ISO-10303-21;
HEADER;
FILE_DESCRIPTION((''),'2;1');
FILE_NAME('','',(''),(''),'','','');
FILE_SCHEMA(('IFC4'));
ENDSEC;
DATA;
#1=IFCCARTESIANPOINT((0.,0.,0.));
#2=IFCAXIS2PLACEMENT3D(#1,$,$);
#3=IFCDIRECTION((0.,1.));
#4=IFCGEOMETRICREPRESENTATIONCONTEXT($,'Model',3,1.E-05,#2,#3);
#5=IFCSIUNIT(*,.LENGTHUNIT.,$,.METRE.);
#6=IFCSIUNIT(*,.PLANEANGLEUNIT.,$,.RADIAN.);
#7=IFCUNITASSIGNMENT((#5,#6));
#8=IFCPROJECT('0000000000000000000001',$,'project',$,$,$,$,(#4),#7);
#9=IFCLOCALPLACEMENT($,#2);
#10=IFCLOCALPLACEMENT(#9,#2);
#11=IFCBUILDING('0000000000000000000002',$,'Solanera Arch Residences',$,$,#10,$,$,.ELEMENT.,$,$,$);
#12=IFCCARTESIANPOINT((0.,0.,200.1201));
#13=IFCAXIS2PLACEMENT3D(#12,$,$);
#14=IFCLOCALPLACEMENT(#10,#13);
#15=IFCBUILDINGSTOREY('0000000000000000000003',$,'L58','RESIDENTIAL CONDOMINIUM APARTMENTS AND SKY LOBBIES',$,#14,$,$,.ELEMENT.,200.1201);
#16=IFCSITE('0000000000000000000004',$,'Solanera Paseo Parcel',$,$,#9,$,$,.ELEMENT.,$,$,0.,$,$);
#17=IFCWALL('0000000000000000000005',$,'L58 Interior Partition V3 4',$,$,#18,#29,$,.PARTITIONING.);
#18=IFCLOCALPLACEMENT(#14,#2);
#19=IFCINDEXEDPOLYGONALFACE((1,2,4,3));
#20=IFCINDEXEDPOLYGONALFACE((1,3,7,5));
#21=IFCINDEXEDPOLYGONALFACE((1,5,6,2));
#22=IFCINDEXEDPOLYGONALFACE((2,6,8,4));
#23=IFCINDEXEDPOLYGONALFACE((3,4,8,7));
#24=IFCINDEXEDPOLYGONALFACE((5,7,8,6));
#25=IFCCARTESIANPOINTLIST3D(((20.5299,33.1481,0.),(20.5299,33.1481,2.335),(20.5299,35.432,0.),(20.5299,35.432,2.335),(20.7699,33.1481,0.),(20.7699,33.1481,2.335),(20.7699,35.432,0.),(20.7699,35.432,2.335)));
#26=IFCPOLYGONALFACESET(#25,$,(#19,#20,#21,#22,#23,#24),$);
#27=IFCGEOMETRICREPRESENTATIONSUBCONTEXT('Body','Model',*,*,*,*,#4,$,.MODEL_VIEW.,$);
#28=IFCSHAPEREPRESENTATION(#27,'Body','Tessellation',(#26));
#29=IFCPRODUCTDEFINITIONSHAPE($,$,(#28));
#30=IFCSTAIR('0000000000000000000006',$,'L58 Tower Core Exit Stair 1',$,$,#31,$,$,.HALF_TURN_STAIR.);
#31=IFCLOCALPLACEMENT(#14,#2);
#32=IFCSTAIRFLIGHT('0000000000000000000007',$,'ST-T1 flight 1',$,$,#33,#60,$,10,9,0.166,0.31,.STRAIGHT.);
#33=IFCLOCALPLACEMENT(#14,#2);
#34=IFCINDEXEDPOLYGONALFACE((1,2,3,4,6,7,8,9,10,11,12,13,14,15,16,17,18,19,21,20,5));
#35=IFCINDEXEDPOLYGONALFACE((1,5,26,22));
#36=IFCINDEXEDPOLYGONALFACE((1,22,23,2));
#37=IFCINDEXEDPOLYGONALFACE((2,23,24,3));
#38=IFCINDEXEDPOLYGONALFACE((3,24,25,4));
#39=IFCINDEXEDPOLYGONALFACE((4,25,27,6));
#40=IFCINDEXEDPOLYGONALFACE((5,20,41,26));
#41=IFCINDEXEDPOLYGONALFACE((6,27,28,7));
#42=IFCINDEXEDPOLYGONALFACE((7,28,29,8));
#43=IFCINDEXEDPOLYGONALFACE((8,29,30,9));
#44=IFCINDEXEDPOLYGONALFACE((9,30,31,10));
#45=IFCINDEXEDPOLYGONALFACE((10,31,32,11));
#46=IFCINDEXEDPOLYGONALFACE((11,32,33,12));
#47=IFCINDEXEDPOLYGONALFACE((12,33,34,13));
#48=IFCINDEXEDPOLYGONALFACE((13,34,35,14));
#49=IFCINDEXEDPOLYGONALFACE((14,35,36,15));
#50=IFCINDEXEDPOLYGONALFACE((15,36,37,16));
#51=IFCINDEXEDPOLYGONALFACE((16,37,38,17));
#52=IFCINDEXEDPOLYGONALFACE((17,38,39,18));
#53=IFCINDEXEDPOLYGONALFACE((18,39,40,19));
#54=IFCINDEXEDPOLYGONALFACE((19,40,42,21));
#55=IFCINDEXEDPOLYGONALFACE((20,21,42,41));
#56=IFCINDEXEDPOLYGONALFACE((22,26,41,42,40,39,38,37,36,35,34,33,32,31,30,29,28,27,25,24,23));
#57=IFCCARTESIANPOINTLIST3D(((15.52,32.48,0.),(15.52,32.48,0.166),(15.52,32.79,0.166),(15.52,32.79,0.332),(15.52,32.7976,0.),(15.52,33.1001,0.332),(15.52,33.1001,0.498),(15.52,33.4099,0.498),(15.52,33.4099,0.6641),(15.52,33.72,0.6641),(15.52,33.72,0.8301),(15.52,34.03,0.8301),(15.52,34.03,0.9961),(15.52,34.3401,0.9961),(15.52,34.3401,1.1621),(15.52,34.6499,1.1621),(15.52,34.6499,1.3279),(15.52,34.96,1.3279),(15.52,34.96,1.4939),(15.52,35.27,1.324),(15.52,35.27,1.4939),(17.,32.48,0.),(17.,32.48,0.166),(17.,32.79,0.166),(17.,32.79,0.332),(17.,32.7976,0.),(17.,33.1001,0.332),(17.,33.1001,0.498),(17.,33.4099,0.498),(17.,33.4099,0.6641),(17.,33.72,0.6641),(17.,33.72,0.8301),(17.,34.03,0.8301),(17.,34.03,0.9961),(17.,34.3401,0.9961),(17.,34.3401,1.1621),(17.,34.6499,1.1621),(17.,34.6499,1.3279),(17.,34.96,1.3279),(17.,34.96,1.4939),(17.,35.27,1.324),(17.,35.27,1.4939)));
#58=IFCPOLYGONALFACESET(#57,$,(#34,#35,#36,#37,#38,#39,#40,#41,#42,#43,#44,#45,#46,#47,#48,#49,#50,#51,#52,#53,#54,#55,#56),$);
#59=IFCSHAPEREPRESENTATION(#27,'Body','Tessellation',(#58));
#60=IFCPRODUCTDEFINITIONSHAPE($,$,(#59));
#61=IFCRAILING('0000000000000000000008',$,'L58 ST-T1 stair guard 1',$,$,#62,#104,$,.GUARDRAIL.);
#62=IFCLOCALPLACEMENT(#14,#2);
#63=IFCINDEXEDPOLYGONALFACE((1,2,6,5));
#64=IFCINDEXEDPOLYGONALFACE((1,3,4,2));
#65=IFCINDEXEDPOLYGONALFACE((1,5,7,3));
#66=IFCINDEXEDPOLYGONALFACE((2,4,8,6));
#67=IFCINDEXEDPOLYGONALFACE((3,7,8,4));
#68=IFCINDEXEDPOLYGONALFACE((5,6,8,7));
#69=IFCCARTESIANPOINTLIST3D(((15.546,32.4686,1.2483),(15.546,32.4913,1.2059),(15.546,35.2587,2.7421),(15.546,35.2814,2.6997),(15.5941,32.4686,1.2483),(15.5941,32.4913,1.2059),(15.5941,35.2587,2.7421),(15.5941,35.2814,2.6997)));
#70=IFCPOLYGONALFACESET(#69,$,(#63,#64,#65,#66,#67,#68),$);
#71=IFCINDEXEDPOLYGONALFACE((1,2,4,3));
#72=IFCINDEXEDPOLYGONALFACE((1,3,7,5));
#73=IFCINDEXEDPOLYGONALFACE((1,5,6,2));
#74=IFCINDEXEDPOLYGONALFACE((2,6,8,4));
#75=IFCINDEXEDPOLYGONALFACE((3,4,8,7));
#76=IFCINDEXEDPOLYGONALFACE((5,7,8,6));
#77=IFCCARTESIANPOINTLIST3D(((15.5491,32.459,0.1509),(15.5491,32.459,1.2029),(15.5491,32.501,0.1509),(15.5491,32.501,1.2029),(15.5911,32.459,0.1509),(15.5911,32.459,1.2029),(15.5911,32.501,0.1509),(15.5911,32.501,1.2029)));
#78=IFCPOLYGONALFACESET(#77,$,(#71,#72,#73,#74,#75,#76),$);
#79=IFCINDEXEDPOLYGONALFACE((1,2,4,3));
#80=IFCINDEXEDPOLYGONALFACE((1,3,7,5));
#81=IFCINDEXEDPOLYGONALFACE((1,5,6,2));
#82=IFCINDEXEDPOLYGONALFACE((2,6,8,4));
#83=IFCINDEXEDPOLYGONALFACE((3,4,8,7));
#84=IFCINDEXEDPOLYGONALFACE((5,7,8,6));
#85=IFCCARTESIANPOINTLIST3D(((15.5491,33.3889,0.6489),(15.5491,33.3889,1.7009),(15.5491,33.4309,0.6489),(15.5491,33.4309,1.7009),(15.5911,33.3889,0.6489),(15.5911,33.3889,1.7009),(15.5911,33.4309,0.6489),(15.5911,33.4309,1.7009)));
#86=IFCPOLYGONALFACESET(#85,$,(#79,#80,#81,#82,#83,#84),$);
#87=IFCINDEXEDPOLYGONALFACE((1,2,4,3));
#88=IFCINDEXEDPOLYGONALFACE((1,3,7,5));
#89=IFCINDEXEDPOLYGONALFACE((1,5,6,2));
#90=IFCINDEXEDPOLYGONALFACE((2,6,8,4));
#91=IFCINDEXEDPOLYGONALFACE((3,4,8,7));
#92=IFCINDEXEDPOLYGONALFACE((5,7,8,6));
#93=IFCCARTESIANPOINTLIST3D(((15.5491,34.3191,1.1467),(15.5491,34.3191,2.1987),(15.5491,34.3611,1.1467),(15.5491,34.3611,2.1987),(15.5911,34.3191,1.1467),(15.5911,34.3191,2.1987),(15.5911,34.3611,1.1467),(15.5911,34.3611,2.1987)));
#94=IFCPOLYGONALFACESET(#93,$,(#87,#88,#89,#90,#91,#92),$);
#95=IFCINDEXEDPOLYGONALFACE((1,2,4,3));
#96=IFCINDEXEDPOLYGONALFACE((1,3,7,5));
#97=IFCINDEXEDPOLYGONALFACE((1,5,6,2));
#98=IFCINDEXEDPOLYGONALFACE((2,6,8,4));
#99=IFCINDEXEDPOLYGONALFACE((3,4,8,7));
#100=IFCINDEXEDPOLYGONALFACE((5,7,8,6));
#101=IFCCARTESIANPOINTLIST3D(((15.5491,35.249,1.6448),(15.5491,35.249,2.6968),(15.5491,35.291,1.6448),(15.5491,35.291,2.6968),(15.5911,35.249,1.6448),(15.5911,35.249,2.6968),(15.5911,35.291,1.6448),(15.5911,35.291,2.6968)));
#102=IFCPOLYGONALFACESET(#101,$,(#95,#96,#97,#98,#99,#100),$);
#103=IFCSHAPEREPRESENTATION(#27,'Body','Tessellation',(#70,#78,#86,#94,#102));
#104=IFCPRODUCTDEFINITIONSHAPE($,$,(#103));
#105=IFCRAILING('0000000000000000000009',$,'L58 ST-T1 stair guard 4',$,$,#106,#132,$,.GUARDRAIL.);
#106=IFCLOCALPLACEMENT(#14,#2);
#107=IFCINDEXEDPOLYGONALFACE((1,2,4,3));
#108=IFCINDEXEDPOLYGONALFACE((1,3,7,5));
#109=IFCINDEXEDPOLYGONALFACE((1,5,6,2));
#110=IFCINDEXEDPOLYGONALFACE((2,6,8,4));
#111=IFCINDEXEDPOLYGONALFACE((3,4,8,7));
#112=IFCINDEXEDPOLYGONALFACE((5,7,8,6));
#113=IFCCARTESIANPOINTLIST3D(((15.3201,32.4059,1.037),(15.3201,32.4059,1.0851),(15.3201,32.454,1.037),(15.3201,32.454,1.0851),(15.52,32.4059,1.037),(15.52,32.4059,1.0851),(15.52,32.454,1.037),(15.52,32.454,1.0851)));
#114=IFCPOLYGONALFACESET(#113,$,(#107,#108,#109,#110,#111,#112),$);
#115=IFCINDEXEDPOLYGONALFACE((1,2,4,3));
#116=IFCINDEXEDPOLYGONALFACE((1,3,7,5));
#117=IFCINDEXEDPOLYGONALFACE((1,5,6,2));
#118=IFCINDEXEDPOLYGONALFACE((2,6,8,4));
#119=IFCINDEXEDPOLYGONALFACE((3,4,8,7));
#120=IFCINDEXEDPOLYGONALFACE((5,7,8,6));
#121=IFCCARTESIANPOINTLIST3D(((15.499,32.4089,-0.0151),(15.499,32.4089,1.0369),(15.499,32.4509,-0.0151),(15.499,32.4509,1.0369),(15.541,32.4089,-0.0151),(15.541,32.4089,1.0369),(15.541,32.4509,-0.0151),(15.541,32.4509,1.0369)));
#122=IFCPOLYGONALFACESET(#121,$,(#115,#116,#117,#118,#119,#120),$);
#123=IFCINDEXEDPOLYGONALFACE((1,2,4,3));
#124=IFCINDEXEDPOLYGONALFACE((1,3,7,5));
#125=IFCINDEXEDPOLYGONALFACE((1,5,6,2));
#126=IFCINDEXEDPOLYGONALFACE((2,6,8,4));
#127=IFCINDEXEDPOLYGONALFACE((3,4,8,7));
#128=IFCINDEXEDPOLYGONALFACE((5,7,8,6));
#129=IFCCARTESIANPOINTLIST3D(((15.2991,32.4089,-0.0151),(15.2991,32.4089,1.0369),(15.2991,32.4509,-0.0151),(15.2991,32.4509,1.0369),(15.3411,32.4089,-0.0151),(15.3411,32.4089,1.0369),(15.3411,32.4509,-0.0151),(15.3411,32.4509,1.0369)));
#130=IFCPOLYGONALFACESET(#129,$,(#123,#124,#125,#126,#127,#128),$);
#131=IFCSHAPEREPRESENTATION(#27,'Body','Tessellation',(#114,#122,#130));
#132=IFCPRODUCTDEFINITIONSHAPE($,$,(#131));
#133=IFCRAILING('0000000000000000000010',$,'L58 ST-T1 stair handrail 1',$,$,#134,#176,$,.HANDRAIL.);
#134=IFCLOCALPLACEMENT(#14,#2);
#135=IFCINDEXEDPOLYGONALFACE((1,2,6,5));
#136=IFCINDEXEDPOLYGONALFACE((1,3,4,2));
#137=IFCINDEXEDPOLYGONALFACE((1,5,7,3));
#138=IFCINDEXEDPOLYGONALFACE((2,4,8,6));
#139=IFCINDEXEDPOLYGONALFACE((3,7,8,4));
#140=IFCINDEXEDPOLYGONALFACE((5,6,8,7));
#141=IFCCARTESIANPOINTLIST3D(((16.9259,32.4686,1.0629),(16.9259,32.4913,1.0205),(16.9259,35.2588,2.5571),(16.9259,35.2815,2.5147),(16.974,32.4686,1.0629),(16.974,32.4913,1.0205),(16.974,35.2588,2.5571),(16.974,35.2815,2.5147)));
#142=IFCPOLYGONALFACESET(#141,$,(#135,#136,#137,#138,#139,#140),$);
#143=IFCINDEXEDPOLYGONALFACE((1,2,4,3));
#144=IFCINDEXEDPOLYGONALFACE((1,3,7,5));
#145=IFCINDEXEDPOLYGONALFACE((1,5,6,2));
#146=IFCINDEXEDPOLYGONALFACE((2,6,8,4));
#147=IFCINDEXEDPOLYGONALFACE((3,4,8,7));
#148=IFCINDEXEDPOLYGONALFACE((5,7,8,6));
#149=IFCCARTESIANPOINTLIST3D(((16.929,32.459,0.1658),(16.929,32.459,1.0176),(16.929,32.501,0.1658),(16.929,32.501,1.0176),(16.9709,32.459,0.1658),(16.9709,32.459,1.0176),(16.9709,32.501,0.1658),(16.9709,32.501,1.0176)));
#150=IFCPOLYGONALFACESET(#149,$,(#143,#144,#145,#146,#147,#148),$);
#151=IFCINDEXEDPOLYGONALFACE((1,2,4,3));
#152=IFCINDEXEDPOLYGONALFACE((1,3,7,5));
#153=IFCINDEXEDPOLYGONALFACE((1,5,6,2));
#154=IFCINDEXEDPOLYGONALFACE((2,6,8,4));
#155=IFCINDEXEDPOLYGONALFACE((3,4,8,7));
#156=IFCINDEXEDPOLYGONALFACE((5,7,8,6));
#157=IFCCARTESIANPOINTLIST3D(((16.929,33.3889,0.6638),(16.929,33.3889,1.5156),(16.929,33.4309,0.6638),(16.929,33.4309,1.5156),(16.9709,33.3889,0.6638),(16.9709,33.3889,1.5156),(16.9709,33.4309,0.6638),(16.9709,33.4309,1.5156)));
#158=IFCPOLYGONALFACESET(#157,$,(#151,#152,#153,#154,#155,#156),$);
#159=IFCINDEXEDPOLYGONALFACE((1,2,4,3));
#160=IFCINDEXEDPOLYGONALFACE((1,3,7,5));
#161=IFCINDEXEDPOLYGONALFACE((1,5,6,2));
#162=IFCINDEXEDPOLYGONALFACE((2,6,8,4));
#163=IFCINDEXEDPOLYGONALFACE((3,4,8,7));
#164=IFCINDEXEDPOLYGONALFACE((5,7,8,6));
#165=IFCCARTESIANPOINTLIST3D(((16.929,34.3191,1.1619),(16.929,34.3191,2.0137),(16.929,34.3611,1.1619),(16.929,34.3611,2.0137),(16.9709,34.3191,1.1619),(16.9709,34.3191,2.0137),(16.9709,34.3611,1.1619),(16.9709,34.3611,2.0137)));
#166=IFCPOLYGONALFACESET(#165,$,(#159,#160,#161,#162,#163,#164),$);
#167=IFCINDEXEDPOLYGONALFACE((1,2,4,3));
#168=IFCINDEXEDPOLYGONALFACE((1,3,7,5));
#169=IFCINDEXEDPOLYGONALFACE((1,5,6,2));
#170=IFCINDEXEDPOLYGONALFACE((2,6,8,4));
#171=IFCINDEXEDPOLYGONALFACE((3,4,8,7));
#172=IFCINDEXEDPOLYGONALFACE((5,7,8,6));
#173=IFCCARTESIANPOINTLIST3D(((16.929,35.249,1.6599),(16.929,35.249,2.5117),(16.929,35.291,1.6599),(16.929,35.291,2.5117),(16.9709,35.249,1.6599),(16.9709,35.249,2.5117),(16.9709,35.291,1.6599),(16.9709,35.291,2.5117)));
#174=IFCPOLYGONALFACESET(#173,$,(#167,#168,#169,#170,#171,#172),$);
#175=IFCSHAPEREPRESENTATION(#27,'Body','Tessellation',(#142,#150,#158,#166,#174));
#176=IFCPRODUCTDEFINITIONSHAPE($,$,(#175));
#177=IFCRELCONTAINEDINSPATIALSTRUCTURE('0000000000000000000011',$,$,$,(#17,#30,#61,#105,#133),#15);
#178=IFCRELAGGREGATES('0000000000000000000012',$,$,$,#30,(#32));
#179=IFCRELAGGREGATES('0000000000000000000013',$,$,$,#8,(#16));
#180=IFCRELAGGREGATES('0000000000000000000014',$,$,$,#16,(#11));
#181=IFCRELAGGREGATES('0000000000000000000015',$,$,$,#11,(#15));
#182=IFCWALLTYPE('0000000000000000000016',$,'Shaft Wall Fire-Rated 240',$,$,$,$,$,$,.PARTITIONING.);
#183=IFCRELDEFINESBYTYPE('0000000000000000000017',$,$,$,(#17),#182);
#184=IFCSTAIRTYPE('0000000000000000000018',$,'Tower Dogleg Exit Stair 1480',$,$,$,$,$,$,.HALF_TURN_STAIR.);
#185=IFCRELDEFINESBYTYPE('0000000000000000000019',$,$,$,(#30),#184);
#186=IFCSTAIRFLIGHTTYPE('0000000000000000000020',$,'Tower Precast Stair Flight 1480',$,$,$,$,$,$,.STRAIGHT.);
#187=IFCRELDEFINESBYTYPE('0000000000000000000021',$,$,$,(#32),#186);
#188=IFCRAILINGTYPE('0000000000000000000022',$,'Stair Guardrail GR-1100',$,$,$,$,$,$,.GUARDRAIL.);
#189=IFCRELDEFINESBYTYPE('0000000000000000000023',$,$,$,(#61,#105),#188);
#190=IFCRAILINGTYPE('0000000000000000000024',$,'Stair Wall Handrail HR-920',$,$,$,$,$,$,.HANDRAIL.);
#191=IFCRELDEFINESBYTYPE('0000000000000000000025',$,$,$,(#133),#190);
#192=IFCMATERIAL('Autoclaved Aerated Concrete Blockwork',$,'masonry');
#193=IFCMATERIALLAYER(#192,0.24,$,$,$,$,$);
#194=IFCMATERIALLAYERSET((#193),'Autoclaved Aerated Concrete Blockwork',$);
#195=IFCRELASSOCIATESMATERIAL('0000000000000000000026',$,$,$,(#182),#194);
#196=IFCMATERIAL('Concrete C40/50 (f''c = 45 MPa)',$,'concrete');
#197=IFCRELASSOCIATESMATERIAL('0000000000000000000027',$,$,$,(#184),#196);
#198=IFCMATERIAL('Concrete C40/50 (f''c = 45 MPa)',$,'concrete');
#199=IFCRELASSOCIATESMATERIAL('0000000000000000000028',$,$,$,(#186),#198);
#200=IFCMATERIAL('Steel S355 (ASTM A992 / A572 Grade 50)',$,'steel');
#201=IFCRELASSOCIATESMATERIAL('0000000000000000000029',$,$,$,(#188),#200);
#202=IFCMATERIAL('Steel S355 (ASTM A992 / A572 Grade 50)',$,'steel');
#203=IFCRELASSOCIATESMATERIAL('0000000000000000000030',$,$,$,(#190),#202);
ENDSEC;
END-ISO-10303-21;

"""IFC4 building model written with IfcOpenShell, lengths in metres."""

from ifc_helpers import new_model, si_unit, direction, frame, frame_2d, origin, origin_2d, place, context, subcontext, project, spatial, polyline, rectangle, outline, extrude, material, layer, layer_set, type_object, element, aggregate, save


model = new_model("IFC4")

# Units and contexts
model_context = context("Model", 3, precision=1e-05, world=origin(), true_north=direction((0.0, 1.0)))
body_context = subcontext(model_context, "Body", "Model", "MODEL_VIEW")
ifc_project = project(units=[si_unit("LENGTHUNIT", "METRE"), si_unit("PLANEANGLEUNIT", "RADIAN")], contexts=[model_context])

# Site, building, storey
site_placement = place(None, origin())
site = spatial("IfcSite", under=ifc_project, at=site_placement, Name="Solanera Paseo Parcel", CompositionType="ELEMENT", RefElevation=0.0)
building_placement = place(site_placement, origin())
building = spatial("IfcBuilding", under=site, at=building_placement, Name="Solanera Arch Residences", CompositionType="ELEMENT")
storey_placement = place(building_placement, frame((0.0, 0.0, 200.1201)))
storey = spatial("IfcBuildingStorey", under=building, at=storey_placement, Name="L58", Description="RESIDENTIAL CONDOMINIUM APARTMENTS AND SKY LOBBIES", CompositionType="ELEMENT", Elevation=200.1201)

# Shared definitions
ifc_material_1 = material(Name="Autoclaved Aerated Concrete Blockwork", Category="masonry")
ifc_layer_1 = layer(ifc_material_1, 0.24)
ifc_layer_set_1 = layer_set([ifc_layer_1], Name="Autoclaved Aerated Concrete Blockwork")
wall_type_1 = type_object("IfcWallType", Name="Shaft Wall Fire-Rated 240", PredefinedType="PARTITIONING", material=ifc_layer_set_1)

# Wall
wall_1_placement = place(storey_placement, frame((20.6499, 33.1479, 0.0), z_axis=(0.0, 0.0, 1.0), x_axis=(0.0, 1.0, 0.0)))
element("IfcWall", 1, at=wall_1_placement, inside=storey, type_object=wall_type_1, Name="L58 Interior Partition V3 4", PredefinedType="PARTITIONING", context=body_context, shape_type="SweptSolid", body=[
    extrude(rectangle(XDim=2.2839, YDim=0.24, at=frame_2d((1.1421, 0.0))), origin(), (0.0, 0.0, 1.0), 2.335),
])

# Stair, stair flight
ifc_material_2 = material(Name="Concrete C40/50 (f'c = 45 MPa)", Category="concrete")
stair_type = type_object("IfcStairType", Name="Tower Dogleg Exit Stair 1480", PredefinedType="HALF_TURN_STAIR", material=ifc_material_2)
stair_placement = place(storey_placement, origin())
stair = element("IfcStair", 2, at=stair_placement, inside=storey, type_object=stair_type, Name="L58 Tower Core Exit Stair 1", PredefinedType="HALF_TURN_STAIR")
ifc_material_3 = material(Name="Concrete C40/50 (f'c = 45 MPa)", Category="concrete")
stair_flight_type = type_object("IfcStairFlightType", Name="Tower Precast Stair Flight 1480", PredefinedType="STRAIGHT", material=ifc_material_3)
stair_flight_placement = place(storey_placement, frame((16.26, 32.48, 0.0), z_axis=(0.0, 0.0, 1.0), x_axis=(0.0, 1.0, 0.0)))
stair_flight = element("IfcStairFlight", 3, at=stair_flight_placement, type_object=stair_flight_type, Name="ST-T1 flight 1", NumberOfRisers=10, NumberOfTreads=9, PredefinedType="STRAIGHT", RiserHeight=0.166, TreadLength=0.31, context=body_context, shape_type="SweptSolid", body=[
    extrude(outline(polyline([(0.0, 0.0), (0.0, 0.166), (0.3101, 0.166), (0.3101, 0.332), (0.6201, 0.332), (0.6201, 0.498), (0.9299, 0.498), (0.9299, 0.6641), (1.24, 0.6641), (1.24, 0.8301), (1.55, 0.8301), (1.55, 0.9961), (1.8601, 0.9961), (1.8601, 1.1621), (2.1699, 1.1621), (2.1699, 1.3279), (2.48, 1.3279), (2.48, 1.4939), (2.79, 1.4939), (2.79, 1.6599), (2.79, 1.324), (0.3176, 0.0), (0.0, 0.0)])), frame((0.0, 0.74, 0.0), z_axis=(0.0, -1.0, 0.0), x_axis=(1.0, 0.0, 0.0)), (0.0, 0.0, 1.0), 1.48),
])
aggregate(stair, [stair_flight])

# Railings
ifc_material_4 = material(Name="Steel S355 (ASTM A992 / A572 Grade 50)", Category="steel")
railing_type_1 = type_object("IfcRailingType", Name="Stair Guardrail GR-1100", PredefinedType="GUARDRAIL", material=ifc_material_4)
railing_1_placement = place(storey_placement, frame((15.5701, 32.48, 0.1509)))
element("IfcRailing", 4, at=railing_1_placement, inside=storey, type_object=railing_type_1, Name="L58 ST-T1 stair guard 1", PredefinedType="GUARDRAIL", context=body_context, shape_type="SweptSolid", body=[
    extrude(rectangle(XDim=0.0481, YDim=0.0481, at=origin_2d()), frame((0.0, 0.0, 1.0762), z_axis=(0.0, 0.881581, 0.472033), x_axis=(-1.0, 0.0, 0.0)), (0.0, 0.0, 1.0), 3.1648),
    extrude(rectangle(XDim=0.042, YDim=0.042, at=origin_2d()), origin(), (0.0, 0.0, 1.0), 1.052),
    extrude(rectangle(XDim=0.042, YDim=0.042, at=origin_2d()), frame((0.0, 0.9299, 0.498)), (0.0, 0.0, 1.0), 1.052),
    extrude(rectangle(XDim=0.042, YDim=0.042, at=origin_2d()), frame((0.0, 1.8601, 0.9958)), (0.0, 0.0, 1.0), 1.052),
    extrude(rectangle(XDim=0.042, YDim=0.042, at=origin_2d()), frame((0.0, 2.79, 1.4939)), (0.0, 0.0, 1.0), 1.052),
])
railing_2_placement = place(storey_placement, frame((15.52, 32.4299, -0.0151)))
element("IfcRailing", 5, at=railing_2_placement, inside=storey, type_object=railing_type_1, Name="L58 ST-T1 stair guard 4", PredefinedType="GUARDRAIL", context=body_context, shape_type="SweptSolid", body=[
    extrude(rectangle(XDim=0.0481, YDim=0.0481, at=origin_2d()), frame((0.0, 0.0, 1.0762), z_axis=(-1.0, 0.0, 0.0), x_axis=(0.0, -1.0, 0.0)), (0.0, 0.0, 1.0), 0.2),
    extrude(rectangle(XDim=0.042, YDim=0.042, at=origin_2d()), origin(), (0.0, 0.0, 1.0), 1.052),
    extrude(rectangle(XDim=0.042, YDim=0.042, at=origin_2d()), frame((-0.2, 0.0, 0.0)), (0.0, 0.0, 1.0), 1.052),
])
ifc_material_5 = material(Name="Steel S355 (ASTM A992 / A572 Grade 50)", Category="steel")
railing_type_2 = type_object("IfcRailingType", Name="Stair Wall Handrail HR-920", PredefinedType="HANDRAIL", material=ifc_material_5)
railing_3_placement = place(storey_placement, frame((16.95, 32.48, 0.1658)))
element("IfcRailing", 6, at=railing_3_placement, inside=storey, type_object=railing_type_2, Name="L58 ST-T1 stair handrail 1", PredefinedType="HANDRAIL", context=body_context, shape_type="SweptSolid", body=[
    extrude(rectangle(XDim=0.0481, YDim=0.0481, at=origin_2d()), frame((0.0, 0.0, 0.876), z_axis=(0.0, 0.881549, 0.472093), x_axis=(-1.0, 0.0, 0.0)), (0.0, 0.0, 1.0), 3.165),
    extrude(rectangle(XDim=0.042, YDim=0.042, at=origin_2d()), origin(), (0.0, 0.0, 1.0), 0.8518),
    extrude(rectangle(XDim=0.042, YDim=0.042, at=origin_2d()), frame((0.0, 0.9299, 0.498)), (0.0, 0.0, 1.0), 0.8518),
    extrude(rectangle(XDim=0.042, YDim=0.042, at=origin_2d()), frame((0.0, 1.8601, 0.9961)), (0.0, 0.0, 1.0), 0.8518),
    extrude(rectangle(XDim=0.042, YDim=0.042, at=origin_2d()), frame((0.0, 2.79, 1.4941)), (0.0, 0.0, 1.0), 0.8518),
])

save(model, "model.ifc")
